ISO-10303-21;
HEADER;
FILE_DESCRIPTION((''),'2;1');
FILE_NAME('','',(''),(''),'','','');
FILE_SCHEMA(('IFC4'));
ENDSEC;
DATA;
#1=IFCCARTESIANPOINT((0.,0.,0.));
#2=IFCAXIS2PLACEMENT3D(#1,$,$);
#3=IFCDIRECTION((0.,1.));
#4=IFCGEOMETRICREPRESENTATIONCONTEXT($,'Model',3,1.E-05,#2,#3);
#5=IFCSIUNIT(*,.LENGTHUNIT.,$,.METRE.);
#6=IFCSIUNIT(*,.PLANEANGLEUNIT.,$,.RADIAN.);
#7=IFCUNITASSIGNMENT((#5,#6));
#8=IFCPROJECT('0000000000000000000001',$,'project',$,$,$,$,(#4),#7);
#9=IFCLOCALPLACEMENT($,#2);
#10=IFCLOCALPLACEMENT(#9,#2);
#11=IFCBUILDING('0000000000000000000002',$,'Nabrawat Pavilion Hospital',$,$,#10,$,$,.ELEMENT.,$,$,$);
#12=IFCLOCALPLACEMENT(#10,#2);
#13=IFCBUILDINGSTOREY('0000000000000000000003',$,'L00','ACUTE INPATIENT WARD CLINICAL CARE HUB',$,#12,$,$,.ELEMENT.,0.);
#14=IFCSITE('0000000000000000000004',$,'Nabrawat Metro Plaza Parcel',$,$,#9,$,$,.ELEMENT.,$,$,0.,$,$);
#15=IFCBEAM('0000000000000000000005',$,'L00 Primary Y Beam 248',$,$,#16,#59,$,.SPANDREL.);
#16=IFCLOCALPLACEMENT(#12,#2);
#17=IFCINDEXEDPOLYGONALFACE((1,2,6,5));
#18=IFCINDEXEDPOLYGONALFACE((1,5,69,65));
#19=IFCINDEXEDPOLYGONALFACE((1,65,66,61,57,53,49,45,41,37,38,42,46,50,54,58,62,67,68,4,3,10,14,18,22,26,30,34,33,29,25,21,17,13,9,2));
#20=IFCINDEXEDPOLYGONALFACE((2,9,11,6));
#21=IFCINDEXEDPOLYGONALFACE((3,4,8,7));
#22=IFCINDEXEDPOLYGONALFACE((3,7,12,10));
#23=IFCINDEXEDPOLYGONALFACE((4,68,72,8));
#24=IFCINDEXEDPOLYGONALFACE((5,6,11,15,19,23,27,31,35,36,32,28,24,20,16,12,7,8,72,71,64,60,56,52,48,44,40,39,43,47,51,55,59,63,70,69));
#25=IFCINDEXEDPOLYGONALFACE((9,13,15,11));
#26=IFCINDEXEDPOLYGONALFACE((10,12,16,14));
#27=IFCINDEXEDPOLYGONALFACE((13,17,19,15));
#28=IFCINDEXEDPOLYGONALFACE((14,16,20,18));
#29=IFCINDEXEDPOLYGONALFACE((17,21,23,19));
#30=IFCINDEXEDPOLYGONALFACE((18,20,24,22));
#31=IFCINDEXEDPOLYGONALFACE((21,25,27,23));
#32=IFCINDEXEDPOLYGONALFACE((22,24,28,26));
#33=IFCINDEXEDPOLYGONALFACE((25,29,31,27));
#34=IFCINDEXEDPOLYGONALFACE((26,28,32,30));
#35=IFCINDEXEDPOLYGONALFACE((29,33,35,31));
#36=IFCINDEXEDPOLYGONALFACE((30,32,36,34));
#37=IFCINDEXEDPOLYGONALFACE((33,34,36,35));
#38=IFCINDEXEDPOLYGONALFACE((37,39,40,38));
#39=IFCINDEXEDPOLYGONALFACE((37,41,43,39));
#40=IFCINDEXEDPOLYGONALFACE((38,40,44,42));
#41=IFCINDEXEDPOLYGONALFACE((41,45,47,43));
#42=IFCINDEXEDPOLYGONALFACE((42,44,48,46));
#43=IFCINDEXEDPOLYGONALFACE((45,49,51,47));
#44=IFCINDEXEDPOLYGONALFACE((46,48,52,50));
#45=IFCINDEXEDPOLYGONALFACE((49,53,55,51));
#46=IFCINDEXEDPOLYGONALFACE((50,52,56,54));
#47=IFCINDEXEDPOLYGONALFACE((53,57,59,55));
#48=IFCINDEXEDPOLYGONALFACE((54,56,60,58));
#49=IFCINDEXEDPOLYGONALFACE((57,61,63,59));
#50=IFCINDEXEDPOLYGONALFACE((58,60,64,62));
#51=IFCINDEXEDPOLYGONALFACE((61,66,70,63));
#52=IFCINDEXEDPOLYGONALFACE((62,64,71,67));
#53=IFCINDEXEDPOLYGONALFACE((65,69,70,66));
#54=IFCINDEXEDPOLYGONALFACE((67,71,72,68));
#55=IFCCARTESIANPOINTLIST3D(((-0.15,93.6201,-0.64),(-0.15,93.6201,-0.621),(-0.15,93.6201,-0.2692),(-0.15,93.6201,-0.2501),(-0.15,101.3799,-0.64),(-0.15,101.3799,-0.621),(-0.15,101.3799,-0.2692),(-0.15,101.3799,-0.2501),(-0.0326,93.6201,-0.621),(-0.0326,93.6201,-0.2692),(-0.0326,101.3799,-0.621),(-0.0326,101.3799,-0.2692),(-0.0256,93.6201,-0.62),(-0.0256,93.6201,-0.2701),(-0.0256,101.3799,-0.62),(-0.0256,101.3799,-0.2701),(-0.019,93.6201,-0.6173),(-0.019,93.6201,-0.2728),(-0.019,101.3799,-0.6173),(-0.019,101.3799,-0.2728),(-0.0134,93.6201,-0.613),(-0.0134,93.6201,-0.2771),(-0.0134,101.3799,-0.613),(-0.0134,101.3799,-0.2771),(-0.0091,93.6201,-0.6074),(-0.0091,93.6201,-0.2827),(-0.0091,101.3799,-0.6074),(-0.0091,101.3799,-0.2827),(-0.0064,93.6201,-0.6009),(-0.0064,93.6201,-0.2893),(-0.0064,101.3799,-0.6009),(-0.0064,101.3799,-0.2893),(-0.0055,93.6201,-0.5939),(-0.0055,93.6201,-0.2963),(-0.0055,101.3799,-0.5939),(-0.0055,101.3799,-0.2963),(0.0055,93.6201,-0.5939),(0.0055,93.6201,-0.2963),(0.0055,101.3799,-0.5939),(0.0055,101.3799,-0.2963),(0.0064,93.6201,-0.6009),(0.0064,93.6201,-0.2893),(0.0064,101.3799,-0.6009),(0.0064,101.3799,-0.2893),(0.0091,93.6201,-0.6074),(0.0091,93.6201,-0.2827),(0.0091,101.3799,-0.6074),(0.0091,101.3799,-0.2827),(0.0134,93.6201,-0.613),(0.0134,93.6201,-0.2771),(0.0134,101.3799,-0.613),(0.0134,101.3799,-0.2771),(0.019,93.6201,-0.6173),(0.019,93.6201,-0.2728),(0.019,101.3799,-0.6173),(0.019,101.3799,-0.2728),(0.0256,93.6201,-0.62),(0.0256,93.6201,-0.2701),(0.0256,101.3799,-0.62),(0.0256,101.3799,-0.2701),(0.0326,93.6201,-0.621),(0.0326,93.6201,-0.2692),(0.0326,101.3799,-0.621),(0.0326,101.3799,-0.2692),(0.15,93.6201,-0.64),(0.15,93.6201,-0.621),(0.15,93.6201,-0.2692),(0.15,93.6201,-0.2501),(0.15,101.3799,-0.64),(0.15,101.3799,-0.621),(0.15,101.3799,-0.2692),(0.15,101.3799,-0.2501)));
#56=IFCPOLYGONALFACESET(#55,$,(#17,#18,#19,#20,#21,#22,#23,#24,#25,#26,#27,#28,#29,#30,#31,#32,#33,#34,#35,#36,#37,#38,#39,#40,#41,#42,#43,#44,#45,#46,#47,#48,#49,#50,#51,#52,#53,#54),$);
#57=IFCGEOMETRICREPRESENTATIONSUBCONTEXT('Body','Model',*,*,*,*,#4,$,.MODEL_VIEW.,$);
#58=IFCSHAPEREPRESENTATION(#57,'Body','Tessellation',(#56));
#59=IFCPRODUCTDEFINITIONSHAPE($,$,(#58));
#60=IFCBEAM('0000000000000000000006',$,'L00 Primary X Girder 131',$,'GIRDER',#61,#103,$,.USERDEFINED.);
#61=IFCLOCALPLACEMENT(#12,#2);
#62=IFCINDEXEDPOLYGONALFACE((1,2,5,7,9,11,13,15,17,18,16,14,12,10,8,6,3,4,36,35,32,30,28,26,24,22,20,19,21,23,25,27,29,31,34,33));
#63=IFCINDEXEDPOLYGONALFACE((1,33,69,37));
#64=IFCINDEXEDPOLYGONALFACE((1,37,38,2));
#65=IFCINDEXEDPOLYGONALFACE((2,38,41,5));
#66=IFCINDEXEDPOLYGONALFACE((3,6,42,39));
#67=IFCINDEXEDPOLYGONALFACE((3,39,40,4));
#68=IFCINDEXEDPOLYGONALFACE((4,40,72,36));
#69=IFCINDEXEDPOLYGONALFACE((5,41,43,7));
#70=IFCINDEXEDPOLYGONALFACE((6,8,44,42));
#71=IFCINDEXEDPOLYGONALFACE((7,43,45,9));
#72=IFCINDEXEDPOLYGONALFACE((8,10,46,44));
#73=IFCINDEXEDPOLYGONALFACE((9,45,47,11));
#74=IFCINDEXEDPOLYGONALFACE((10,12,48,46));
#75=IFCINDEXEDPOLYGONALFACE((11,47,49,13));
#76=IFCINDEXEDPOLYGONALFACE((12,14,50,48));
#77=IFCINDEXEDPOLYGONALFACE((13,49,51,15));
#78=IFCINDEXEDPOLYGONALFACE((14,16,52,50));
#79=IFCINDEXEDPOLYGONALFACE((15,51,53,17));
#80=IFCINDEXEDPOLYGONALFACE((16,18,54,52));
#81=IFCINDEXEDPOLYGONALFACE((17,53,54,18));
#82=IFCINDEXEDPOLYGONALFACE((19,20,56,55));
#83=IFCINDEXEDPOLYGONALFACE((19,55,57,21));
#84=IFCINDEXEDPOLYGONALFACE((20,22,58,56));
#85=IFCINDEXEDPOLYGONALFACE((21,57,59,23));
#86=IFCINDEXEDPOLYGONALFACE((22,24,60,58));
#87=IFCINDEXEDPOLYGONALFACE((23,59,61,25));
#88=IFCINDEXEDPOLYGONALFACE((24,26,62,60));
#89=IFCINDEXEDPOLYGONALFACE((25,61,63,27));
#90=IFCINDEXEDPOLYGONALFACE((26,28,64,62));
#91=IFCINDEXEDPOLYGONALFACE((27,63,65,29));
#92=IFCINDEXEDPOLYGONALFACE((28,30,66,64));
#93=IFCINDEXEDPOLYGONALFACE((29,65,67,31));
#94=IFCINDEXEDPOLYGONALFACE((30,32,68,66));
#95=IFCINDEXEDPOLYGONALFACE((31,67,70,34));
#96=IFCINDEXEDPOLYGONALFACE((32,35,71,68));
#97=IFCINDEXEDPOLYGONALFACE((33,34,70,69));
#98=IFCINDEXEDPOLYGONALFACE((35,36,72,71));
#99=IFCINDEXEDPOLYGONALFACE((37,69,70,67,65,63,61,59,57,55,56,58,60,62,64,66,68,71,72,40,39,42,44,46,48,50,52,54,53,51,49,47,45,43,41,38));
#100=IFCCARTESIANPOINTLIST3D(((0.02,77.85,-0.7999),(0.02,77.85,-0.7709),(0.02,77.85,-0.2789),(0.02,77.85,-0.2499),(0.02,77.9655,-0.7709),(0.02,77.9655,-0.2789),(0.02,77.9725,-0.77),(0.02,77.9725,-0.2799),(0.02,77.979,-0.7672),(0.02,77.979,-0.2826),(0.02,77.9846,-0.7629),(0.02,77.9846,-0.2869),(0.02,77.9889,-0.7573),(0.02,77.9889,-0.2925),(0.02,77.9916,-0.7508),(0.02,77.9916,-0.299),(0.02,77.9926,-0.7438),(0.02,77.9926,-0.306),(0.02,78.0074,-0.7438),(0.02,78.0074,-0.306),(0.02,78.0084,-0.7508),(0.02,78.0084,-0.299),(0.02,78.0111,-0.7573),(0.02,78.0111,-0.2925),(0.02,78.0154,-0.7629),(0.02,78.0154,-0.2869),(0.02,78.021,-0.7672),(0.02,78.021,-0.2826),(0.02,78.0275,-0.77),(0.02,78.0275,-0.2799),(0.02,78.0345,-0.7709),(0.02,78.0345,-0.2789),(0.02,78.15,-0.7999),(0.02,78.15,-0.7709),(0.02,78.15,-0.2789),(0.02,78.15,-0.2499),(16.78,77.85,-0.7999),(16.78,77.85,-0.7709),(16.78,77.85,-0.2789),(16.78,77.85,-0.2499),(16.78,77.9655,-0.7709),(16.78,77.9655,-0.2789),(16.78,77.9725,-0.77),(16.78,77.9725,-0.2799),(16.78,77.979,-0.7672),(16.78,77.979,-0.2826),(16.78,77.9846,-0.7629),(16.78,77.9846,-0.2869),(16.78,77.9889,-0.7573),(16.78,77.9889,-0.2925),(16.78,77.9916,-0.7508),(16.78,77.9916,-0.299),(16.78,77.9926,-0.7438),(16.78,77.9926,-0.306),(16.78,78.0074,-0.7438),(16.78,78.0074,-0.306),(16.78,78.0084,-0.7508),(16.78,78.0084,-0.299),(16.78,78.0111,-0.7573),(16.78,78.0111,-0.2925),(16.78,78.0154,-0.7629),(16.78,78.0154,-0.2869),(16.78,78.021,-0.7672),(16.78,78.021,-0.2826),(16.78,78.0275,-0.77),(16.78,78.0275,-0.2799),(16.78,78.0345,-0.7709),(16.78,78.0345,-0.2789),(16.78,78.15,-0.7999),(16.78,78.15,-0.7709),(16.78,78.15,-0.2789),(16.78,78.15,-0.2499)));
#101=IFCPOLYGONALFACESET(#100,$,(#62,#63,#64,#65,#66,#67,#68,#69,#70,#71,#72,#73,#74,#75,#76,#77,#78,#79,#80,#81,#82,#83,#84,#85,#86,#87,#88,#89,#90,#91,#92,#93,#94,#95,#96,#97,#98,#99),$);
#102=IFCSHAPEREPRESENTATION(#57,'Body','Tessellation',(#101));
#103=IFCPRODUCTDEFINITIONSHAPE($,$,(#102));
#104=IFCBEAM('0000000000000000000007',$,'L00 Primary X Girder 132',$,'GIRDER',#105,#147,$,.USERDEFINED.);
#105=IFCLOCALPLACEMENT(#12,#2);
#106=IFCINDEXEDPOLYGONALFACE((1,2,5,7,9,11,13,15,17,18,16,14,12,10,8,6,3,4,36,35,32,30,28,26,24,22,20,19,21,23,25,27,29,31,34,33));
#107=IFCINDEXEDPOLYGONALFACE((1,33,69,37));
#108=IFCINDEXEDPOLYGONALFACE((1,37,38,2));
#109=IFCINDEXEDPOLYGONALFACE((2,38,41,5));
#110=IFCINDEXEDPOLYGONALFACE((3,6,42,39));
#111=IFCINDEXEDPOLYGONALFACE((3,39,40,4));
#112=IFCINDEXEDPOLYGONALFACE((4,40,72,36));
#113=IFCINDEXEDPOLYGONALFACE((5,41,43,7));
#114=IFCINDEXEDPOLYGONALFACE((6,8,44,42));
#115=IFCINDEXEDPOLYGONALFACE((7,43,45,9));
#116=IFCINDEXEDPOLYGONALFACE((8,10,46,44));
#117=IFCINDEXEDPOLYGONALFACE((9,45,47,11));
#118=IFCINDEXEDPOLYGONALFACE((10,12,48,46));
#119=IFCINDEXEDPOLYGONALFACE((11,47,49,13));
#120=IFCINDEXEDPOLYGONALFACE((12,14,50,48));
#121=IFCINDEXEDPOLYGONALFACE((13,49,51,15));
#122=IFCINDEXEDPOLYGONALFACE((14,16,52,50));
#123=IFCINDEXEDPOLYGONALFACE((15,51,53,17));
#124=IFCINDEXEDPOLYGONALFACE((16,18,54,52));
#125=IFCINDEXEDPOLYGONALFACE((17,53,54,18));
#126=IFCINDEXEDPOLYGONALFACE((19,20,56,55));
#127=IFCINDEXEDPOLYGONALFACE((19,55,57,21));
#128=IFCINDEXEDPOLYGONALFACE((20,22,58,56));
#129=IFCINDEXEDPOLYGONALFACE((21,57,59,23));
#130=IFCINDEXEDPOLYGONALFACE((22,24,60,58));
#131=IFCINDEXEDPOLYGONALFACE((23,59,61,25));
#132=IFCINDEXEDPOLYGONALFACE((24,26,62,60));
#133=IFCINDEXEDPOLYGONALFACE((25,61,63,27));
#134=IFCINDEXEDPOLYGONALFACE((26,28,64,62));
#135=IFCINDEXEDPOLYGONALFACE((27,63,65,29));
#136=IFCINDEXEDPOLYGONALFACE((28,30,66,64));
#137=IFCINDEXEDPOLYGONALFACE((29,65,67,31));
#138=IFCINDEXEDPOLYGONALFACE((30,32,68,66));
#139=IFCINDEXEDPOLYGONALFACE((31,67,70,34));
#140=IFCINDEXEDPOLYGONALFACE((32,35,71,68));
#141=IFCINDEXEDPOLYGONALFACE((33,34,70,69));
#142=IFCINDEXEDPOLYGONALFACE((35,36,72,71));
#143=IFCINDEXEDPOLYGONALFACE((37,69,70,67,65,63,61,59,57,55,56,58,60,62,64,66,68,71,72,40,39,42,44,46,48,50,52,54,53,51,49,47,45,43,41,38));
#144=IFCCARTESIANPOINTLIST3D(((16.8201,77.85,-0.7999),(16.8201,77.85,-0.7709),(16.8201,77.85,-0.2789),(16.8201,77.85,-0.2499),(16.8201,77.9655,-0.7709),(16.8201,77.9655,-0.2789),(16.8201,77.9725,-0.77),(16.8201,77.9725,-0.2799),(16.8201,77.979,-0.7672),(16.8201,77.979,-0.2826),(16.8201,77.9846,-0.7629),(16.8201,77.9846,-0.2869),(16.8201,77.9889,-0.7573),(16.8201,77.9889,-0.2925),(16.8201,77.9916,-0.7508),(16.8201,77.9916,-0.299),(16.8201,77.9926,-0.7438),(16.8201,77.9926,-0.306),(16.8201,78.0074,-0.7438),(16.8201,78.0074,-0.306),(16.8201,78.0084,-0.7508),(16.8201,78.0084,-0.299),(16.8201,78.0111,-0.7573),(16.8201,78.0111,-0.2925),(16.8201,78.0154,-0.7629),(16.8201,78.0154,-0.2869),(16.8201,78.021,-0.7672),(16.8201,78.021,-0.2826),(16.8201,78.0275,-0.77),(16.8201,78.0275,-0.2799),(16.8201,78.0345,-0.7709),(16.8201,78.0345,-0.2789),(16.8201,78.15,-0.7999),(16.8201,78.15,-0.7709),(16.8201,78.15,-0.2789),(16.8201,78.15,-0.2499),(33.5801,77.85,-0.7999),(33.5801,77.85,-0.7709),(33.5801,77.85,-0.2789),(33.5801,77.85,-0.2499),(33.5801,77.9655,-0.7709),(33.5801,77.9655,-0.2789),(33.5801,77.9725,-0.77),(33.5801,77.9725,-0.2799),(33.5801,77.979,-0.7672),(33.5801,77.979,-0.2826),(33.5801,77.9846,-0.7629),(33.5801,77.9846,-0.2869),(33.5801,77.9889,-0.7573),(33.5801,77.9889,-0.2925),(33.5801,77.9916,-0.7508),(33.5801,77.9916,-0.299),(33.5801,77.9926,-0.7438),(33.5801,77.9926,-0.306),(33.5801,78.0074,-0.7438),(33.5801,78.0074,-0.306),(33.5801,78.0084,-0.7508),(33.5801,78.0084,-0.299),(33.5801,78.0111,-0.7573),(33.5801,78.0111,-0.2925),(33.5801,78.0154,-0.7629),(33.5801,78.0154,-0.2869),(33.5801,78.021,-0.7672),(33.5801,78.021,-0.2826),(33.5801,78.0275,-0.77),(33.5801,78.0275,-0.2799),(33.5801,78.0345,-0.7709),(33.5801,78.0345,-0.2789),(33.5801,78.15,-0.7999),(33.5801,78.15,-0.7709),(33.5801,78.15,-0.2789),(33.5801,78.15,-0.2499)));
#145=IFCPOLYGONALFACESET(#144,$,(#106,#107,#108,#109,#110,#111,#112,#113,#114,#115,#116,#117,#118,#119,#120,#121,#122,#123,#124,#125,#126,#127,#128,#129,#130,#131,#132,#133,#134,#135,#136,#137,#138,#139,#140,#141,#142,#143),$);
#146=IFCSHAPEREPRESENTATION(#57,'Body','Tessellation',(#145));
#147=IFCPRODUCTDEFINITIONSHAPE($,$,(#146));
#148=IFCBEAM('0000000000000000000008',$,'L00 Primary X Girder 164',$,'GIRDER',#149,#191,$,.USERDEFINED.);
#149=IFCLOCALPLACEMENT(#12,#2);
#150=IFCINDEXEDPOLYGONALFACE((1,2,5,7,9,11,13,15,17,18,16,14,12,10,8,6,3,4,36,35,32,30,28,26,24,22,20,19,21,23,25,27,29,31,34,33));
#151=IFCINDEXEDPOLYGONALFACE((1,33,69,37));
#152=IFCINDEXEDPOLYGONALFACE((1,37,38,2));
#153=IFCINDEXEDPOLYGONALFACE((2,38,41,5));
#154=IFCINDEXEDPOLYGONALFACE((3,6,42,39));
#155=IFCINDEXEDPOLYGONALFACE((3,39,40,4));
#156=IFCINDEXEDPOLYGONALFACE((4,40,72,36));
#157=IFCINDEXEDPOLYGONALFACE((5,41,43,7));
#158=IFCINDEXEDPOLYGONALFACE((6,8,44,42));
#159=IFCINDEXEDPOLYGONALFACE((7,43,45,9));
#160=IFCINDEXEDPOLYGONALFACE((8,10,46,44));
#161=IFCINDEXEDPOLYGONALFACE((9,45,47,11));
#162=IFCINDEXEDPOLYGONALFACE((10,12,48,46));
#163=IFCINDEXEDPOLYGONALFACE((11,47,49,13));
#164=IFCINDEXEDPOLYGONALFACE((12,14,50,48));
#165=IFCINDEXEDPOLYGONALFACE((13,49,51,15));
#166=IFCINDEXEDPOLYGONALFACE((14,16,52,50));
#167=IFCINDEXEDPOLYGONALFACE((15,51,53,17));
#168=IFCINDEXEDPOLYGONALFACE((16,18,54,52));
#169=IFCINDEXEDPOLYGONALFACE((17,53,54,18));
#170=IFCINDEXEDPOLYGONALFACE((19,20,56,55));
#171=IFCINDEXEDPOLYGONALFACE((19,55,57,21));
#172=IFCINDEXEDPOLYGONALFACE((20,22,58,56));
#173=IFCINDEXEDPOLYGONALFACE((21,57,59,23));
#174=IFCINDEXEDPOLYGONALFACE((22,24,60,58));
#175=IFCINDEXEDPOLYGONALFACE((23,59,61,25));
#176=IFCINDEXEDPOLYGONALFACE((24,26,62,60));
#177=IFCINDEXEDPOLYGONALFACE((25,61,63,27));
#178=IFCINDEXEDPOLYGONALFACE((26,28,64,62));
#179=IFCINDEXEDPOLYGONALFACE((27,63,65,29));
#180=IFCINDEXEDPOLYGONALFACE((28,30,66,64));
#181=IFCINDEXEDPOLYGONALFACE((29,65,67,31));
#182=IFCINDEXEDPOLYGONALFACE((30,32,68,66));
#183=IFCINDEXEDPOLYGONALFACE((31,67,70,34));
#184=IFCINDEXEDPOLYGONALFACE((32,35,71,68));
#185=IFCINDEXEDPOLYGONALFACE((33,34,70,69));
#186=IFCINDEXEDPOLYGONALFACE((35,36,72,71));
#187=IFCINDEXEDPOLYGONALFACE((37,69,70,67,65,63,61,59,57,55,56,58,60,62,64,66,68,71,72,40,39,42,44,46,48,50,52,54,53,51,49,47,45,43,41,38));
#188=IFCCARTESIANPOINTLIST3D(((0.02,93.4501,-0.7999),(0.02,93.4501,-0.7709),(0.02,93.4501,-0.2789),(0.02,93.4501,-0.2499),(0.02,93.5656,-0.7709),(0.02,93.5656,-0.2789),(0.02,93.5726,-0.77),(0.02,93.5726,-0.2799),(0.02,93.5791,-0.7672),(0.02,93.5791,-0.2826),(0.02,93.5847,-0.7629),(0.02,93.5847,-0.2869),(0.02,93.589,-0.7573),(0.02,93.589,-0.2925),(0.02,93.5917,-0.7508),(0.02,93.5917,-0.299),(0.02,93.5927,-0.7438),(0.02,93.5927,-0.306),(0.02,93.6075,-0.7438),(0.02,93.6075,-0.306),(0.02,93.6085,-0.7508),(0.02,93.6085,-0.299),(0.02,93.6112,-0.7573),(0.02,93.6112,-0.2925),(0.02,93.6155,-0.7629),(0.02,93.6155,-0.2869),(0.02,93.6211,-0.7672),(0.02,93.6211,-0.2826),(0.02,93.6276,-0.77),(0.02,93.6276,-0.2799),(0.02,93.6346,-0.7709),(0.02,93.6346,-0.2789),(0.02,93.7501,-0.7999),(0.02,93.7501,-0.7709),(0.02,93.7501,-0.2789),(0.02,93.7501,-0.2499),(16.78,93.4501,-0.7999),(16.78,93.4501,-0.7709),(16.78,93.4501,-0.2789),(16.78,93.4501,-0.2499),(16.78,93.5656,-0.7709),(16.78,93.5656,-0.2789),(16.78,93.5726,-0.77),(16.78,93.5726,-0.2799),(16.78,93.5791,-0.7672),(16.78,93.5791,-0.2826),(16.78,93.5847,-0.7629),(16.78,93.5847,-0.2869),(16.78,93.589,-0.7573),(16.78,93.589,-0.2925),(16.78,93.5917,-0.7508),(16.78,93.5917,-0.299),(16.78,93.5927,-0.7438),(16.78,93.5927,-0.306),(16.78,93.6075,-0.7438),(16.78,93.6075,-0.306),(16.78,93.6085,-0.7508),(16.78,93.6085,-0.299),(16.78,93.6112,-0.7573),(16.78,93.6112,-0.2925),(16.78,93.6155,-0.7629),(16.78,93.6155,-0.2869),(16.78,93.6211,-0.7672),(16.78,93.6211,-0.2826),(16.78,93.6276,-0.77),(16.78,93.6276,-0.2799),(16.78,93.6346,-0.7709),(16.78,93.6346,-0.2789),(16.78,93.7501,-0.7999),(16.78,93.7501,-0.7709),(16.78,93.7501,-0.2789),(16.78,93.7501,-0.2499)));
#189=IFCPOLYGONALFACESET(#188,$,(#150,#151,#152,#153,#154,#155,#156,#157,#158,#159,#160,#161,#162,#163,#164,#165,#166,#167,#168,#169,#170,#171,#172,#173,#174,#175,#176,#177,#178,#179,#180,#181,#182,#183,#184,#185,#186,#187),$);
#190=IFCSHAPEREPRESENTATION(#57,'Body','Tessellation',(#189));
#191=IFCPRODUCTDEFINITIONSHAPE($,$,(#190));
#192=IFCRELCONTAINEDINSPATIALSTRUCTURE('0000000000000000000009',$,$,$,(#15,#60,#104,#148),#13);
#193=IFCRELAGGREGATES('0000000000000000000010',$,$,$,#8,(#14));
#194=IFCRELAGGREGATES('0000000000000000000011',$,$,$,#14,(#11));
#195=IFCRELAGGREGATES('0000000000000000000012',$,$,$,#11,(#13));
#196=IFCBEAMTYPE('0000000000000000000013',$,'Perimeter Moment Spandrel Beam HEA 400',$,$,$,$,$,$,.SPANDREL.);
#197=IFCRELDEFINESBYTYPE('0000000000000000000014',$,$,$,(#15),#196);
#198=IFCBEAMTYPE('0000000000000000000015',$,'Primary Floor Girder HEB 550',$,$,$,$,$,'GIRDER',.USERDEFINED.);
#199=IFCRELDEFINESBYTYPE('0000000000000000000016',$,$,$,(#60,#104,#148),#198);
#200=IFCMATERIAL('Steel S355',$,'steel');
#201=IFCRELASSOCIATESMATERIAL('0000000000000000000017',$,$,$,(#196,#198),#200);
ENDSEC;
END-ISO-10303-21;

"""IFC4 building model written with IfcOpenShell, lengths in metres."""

from ifc_helpers import new_model, si_unit, direction, frame, origin, origin_2d, place, context, subcontext, project, spatial, i_section, extrude, material, material_profile, profile_set, type_object, element, save


model = new_model("IFC4")

# Units and contexts
model_context = context("Model", 3, precision=1e-05, world=origin(), true_north=direction((0.0, 1.0)))
body_context = subcontext(model_context, "Body", "Model", "MODEL_VIEW")
ifc_project = project(units=[si_unit("LENGTHUNIT", "METRE"), si_unit("PLANEANGLEUNIT", "RADIAN")], contexts=[model_context])

# Site, building, storey
site_placement = place(None, origin())
site = spatial("IfcSite", under=ifc_project, at=site_placement, Name="Nabrawat Metro Plaza Parcel", CompositionType="ELEMENT", RefElevation=0.0)
building_placement = place(site_placement, origin())
building = spatial("IfcBuilding", under=site, at=building_placement, Name="Nabrawat Pavilion Hospital", CompositionType="ELEMENT")
storey_placement = place(building_placement, origin())
storey = spatial("IfcBuildingStorey", under=building, at=storey_placement, Name="L00", Description="ACUTE INPATIENT WARD CLINICAL CARE HUB", CompositionType="ELEMENT", Elevation=0.0)

# Beams
ifc_material_1 = material(Name="Steel S355", Category="steel")
ifc_material_profile_1 = material_profile(ifc_material_1, i_section(OverallWidth=0.3, OverallDepth=0.3899, WebThickness=0.011, FlangeThickness=0.019, FilletRadius=0.0271, at=origin_2d()), Name="HEA 400")
ifc_profile_set_1 = profile_set([ifc_material_profile_1], Name="Steel S355")
beam_type_1 = type_object("IfcBeamType", Name="Perimeter Moment Spandrel Beam HEA 400", PredefinedType="SPANDREL", material=ifc_profile_set_1)
beam_1_placement = place(storey_placement, frame((0.0, 93.6201, -0.4451), z_axis=(0.0, 1.0, 0.0), x_axis=(-1.0, 0.0, 0.0)))
element("IfcBeam", 1, at=beam_1_placement, inside=storey, type_object=beam_type_1, Name="L00 Primary Y Beam 248", PredefinedType="SPANDREL", context=body_context, shape_type="SweptSolid", body=[
    extrude(i_section(OverallWidth=0.3, OverallDepth=0.3899, WebThickness=0.011, FlangeThickness=0.019, FilletRadius=0.0271, at=origin_2d()), origin(), (0.0, 0.0, 1.0), 7.7598),
])
ifc_material_profile_2 = material_profile(ifc_material_1, i_section(OverallWidth=0.3, OverallDepth=0.55, WebThickness=0.0149, FlangeThickness=0.0291, FilletRadius=0.0271, at=origin_2d()), Name="HEB 550")
ifc_profile_set_2 = profile_set([ifc_material_profile_2], Name="Steel S355")
beam_type_2 = type_object("IfcBeamType", Name="Primary Floor Girder HEB 550", ElementType="GIRDER", PredefinedType="USERDEFINED", material=ifc_profile_set_2)
for number, where, z_axis, x_axis, name in (
    (2, (0.02, 78.0, -0.5249), (1.0, 0.0, 0.0), (0.0, 1.0, 0.0), "L00 Primary X Girder 131"),
    (3, (16.8201, 78.0, -0.5249), (1.0, 0.0, 0.0), (0.0, 1.0, 0.0), "L00 Primary X Girder 132"),
    (4, (0.02, 93.6001, -0.5249), (1.0, 0.0, 0.0), (0.0, 1.0, 0.0), "L00 Primary X Girder 164"),
):
    element("IfcBeam", number, at=place(storey_placement, frame(where, z_axis=z_axis, x_axis=x_axis)), inside=storey, type_object=beam_type_2, Name=name, ObjectType="GIRDER", PredefinedType="USERDEFINED", context=body_context, shape_type="SweptSolid", body=[
        extrude(i_section(OverallWidth=0.3, OverallDepth=0.55, WebThickness=0.0149, FlangeThickness=0.0291, FilletRadius=0.0271, at=origin_2d()), origin(), (0.0, 0.0, 1.0), 16.76),
    ])

save(model, "model.ifc")
